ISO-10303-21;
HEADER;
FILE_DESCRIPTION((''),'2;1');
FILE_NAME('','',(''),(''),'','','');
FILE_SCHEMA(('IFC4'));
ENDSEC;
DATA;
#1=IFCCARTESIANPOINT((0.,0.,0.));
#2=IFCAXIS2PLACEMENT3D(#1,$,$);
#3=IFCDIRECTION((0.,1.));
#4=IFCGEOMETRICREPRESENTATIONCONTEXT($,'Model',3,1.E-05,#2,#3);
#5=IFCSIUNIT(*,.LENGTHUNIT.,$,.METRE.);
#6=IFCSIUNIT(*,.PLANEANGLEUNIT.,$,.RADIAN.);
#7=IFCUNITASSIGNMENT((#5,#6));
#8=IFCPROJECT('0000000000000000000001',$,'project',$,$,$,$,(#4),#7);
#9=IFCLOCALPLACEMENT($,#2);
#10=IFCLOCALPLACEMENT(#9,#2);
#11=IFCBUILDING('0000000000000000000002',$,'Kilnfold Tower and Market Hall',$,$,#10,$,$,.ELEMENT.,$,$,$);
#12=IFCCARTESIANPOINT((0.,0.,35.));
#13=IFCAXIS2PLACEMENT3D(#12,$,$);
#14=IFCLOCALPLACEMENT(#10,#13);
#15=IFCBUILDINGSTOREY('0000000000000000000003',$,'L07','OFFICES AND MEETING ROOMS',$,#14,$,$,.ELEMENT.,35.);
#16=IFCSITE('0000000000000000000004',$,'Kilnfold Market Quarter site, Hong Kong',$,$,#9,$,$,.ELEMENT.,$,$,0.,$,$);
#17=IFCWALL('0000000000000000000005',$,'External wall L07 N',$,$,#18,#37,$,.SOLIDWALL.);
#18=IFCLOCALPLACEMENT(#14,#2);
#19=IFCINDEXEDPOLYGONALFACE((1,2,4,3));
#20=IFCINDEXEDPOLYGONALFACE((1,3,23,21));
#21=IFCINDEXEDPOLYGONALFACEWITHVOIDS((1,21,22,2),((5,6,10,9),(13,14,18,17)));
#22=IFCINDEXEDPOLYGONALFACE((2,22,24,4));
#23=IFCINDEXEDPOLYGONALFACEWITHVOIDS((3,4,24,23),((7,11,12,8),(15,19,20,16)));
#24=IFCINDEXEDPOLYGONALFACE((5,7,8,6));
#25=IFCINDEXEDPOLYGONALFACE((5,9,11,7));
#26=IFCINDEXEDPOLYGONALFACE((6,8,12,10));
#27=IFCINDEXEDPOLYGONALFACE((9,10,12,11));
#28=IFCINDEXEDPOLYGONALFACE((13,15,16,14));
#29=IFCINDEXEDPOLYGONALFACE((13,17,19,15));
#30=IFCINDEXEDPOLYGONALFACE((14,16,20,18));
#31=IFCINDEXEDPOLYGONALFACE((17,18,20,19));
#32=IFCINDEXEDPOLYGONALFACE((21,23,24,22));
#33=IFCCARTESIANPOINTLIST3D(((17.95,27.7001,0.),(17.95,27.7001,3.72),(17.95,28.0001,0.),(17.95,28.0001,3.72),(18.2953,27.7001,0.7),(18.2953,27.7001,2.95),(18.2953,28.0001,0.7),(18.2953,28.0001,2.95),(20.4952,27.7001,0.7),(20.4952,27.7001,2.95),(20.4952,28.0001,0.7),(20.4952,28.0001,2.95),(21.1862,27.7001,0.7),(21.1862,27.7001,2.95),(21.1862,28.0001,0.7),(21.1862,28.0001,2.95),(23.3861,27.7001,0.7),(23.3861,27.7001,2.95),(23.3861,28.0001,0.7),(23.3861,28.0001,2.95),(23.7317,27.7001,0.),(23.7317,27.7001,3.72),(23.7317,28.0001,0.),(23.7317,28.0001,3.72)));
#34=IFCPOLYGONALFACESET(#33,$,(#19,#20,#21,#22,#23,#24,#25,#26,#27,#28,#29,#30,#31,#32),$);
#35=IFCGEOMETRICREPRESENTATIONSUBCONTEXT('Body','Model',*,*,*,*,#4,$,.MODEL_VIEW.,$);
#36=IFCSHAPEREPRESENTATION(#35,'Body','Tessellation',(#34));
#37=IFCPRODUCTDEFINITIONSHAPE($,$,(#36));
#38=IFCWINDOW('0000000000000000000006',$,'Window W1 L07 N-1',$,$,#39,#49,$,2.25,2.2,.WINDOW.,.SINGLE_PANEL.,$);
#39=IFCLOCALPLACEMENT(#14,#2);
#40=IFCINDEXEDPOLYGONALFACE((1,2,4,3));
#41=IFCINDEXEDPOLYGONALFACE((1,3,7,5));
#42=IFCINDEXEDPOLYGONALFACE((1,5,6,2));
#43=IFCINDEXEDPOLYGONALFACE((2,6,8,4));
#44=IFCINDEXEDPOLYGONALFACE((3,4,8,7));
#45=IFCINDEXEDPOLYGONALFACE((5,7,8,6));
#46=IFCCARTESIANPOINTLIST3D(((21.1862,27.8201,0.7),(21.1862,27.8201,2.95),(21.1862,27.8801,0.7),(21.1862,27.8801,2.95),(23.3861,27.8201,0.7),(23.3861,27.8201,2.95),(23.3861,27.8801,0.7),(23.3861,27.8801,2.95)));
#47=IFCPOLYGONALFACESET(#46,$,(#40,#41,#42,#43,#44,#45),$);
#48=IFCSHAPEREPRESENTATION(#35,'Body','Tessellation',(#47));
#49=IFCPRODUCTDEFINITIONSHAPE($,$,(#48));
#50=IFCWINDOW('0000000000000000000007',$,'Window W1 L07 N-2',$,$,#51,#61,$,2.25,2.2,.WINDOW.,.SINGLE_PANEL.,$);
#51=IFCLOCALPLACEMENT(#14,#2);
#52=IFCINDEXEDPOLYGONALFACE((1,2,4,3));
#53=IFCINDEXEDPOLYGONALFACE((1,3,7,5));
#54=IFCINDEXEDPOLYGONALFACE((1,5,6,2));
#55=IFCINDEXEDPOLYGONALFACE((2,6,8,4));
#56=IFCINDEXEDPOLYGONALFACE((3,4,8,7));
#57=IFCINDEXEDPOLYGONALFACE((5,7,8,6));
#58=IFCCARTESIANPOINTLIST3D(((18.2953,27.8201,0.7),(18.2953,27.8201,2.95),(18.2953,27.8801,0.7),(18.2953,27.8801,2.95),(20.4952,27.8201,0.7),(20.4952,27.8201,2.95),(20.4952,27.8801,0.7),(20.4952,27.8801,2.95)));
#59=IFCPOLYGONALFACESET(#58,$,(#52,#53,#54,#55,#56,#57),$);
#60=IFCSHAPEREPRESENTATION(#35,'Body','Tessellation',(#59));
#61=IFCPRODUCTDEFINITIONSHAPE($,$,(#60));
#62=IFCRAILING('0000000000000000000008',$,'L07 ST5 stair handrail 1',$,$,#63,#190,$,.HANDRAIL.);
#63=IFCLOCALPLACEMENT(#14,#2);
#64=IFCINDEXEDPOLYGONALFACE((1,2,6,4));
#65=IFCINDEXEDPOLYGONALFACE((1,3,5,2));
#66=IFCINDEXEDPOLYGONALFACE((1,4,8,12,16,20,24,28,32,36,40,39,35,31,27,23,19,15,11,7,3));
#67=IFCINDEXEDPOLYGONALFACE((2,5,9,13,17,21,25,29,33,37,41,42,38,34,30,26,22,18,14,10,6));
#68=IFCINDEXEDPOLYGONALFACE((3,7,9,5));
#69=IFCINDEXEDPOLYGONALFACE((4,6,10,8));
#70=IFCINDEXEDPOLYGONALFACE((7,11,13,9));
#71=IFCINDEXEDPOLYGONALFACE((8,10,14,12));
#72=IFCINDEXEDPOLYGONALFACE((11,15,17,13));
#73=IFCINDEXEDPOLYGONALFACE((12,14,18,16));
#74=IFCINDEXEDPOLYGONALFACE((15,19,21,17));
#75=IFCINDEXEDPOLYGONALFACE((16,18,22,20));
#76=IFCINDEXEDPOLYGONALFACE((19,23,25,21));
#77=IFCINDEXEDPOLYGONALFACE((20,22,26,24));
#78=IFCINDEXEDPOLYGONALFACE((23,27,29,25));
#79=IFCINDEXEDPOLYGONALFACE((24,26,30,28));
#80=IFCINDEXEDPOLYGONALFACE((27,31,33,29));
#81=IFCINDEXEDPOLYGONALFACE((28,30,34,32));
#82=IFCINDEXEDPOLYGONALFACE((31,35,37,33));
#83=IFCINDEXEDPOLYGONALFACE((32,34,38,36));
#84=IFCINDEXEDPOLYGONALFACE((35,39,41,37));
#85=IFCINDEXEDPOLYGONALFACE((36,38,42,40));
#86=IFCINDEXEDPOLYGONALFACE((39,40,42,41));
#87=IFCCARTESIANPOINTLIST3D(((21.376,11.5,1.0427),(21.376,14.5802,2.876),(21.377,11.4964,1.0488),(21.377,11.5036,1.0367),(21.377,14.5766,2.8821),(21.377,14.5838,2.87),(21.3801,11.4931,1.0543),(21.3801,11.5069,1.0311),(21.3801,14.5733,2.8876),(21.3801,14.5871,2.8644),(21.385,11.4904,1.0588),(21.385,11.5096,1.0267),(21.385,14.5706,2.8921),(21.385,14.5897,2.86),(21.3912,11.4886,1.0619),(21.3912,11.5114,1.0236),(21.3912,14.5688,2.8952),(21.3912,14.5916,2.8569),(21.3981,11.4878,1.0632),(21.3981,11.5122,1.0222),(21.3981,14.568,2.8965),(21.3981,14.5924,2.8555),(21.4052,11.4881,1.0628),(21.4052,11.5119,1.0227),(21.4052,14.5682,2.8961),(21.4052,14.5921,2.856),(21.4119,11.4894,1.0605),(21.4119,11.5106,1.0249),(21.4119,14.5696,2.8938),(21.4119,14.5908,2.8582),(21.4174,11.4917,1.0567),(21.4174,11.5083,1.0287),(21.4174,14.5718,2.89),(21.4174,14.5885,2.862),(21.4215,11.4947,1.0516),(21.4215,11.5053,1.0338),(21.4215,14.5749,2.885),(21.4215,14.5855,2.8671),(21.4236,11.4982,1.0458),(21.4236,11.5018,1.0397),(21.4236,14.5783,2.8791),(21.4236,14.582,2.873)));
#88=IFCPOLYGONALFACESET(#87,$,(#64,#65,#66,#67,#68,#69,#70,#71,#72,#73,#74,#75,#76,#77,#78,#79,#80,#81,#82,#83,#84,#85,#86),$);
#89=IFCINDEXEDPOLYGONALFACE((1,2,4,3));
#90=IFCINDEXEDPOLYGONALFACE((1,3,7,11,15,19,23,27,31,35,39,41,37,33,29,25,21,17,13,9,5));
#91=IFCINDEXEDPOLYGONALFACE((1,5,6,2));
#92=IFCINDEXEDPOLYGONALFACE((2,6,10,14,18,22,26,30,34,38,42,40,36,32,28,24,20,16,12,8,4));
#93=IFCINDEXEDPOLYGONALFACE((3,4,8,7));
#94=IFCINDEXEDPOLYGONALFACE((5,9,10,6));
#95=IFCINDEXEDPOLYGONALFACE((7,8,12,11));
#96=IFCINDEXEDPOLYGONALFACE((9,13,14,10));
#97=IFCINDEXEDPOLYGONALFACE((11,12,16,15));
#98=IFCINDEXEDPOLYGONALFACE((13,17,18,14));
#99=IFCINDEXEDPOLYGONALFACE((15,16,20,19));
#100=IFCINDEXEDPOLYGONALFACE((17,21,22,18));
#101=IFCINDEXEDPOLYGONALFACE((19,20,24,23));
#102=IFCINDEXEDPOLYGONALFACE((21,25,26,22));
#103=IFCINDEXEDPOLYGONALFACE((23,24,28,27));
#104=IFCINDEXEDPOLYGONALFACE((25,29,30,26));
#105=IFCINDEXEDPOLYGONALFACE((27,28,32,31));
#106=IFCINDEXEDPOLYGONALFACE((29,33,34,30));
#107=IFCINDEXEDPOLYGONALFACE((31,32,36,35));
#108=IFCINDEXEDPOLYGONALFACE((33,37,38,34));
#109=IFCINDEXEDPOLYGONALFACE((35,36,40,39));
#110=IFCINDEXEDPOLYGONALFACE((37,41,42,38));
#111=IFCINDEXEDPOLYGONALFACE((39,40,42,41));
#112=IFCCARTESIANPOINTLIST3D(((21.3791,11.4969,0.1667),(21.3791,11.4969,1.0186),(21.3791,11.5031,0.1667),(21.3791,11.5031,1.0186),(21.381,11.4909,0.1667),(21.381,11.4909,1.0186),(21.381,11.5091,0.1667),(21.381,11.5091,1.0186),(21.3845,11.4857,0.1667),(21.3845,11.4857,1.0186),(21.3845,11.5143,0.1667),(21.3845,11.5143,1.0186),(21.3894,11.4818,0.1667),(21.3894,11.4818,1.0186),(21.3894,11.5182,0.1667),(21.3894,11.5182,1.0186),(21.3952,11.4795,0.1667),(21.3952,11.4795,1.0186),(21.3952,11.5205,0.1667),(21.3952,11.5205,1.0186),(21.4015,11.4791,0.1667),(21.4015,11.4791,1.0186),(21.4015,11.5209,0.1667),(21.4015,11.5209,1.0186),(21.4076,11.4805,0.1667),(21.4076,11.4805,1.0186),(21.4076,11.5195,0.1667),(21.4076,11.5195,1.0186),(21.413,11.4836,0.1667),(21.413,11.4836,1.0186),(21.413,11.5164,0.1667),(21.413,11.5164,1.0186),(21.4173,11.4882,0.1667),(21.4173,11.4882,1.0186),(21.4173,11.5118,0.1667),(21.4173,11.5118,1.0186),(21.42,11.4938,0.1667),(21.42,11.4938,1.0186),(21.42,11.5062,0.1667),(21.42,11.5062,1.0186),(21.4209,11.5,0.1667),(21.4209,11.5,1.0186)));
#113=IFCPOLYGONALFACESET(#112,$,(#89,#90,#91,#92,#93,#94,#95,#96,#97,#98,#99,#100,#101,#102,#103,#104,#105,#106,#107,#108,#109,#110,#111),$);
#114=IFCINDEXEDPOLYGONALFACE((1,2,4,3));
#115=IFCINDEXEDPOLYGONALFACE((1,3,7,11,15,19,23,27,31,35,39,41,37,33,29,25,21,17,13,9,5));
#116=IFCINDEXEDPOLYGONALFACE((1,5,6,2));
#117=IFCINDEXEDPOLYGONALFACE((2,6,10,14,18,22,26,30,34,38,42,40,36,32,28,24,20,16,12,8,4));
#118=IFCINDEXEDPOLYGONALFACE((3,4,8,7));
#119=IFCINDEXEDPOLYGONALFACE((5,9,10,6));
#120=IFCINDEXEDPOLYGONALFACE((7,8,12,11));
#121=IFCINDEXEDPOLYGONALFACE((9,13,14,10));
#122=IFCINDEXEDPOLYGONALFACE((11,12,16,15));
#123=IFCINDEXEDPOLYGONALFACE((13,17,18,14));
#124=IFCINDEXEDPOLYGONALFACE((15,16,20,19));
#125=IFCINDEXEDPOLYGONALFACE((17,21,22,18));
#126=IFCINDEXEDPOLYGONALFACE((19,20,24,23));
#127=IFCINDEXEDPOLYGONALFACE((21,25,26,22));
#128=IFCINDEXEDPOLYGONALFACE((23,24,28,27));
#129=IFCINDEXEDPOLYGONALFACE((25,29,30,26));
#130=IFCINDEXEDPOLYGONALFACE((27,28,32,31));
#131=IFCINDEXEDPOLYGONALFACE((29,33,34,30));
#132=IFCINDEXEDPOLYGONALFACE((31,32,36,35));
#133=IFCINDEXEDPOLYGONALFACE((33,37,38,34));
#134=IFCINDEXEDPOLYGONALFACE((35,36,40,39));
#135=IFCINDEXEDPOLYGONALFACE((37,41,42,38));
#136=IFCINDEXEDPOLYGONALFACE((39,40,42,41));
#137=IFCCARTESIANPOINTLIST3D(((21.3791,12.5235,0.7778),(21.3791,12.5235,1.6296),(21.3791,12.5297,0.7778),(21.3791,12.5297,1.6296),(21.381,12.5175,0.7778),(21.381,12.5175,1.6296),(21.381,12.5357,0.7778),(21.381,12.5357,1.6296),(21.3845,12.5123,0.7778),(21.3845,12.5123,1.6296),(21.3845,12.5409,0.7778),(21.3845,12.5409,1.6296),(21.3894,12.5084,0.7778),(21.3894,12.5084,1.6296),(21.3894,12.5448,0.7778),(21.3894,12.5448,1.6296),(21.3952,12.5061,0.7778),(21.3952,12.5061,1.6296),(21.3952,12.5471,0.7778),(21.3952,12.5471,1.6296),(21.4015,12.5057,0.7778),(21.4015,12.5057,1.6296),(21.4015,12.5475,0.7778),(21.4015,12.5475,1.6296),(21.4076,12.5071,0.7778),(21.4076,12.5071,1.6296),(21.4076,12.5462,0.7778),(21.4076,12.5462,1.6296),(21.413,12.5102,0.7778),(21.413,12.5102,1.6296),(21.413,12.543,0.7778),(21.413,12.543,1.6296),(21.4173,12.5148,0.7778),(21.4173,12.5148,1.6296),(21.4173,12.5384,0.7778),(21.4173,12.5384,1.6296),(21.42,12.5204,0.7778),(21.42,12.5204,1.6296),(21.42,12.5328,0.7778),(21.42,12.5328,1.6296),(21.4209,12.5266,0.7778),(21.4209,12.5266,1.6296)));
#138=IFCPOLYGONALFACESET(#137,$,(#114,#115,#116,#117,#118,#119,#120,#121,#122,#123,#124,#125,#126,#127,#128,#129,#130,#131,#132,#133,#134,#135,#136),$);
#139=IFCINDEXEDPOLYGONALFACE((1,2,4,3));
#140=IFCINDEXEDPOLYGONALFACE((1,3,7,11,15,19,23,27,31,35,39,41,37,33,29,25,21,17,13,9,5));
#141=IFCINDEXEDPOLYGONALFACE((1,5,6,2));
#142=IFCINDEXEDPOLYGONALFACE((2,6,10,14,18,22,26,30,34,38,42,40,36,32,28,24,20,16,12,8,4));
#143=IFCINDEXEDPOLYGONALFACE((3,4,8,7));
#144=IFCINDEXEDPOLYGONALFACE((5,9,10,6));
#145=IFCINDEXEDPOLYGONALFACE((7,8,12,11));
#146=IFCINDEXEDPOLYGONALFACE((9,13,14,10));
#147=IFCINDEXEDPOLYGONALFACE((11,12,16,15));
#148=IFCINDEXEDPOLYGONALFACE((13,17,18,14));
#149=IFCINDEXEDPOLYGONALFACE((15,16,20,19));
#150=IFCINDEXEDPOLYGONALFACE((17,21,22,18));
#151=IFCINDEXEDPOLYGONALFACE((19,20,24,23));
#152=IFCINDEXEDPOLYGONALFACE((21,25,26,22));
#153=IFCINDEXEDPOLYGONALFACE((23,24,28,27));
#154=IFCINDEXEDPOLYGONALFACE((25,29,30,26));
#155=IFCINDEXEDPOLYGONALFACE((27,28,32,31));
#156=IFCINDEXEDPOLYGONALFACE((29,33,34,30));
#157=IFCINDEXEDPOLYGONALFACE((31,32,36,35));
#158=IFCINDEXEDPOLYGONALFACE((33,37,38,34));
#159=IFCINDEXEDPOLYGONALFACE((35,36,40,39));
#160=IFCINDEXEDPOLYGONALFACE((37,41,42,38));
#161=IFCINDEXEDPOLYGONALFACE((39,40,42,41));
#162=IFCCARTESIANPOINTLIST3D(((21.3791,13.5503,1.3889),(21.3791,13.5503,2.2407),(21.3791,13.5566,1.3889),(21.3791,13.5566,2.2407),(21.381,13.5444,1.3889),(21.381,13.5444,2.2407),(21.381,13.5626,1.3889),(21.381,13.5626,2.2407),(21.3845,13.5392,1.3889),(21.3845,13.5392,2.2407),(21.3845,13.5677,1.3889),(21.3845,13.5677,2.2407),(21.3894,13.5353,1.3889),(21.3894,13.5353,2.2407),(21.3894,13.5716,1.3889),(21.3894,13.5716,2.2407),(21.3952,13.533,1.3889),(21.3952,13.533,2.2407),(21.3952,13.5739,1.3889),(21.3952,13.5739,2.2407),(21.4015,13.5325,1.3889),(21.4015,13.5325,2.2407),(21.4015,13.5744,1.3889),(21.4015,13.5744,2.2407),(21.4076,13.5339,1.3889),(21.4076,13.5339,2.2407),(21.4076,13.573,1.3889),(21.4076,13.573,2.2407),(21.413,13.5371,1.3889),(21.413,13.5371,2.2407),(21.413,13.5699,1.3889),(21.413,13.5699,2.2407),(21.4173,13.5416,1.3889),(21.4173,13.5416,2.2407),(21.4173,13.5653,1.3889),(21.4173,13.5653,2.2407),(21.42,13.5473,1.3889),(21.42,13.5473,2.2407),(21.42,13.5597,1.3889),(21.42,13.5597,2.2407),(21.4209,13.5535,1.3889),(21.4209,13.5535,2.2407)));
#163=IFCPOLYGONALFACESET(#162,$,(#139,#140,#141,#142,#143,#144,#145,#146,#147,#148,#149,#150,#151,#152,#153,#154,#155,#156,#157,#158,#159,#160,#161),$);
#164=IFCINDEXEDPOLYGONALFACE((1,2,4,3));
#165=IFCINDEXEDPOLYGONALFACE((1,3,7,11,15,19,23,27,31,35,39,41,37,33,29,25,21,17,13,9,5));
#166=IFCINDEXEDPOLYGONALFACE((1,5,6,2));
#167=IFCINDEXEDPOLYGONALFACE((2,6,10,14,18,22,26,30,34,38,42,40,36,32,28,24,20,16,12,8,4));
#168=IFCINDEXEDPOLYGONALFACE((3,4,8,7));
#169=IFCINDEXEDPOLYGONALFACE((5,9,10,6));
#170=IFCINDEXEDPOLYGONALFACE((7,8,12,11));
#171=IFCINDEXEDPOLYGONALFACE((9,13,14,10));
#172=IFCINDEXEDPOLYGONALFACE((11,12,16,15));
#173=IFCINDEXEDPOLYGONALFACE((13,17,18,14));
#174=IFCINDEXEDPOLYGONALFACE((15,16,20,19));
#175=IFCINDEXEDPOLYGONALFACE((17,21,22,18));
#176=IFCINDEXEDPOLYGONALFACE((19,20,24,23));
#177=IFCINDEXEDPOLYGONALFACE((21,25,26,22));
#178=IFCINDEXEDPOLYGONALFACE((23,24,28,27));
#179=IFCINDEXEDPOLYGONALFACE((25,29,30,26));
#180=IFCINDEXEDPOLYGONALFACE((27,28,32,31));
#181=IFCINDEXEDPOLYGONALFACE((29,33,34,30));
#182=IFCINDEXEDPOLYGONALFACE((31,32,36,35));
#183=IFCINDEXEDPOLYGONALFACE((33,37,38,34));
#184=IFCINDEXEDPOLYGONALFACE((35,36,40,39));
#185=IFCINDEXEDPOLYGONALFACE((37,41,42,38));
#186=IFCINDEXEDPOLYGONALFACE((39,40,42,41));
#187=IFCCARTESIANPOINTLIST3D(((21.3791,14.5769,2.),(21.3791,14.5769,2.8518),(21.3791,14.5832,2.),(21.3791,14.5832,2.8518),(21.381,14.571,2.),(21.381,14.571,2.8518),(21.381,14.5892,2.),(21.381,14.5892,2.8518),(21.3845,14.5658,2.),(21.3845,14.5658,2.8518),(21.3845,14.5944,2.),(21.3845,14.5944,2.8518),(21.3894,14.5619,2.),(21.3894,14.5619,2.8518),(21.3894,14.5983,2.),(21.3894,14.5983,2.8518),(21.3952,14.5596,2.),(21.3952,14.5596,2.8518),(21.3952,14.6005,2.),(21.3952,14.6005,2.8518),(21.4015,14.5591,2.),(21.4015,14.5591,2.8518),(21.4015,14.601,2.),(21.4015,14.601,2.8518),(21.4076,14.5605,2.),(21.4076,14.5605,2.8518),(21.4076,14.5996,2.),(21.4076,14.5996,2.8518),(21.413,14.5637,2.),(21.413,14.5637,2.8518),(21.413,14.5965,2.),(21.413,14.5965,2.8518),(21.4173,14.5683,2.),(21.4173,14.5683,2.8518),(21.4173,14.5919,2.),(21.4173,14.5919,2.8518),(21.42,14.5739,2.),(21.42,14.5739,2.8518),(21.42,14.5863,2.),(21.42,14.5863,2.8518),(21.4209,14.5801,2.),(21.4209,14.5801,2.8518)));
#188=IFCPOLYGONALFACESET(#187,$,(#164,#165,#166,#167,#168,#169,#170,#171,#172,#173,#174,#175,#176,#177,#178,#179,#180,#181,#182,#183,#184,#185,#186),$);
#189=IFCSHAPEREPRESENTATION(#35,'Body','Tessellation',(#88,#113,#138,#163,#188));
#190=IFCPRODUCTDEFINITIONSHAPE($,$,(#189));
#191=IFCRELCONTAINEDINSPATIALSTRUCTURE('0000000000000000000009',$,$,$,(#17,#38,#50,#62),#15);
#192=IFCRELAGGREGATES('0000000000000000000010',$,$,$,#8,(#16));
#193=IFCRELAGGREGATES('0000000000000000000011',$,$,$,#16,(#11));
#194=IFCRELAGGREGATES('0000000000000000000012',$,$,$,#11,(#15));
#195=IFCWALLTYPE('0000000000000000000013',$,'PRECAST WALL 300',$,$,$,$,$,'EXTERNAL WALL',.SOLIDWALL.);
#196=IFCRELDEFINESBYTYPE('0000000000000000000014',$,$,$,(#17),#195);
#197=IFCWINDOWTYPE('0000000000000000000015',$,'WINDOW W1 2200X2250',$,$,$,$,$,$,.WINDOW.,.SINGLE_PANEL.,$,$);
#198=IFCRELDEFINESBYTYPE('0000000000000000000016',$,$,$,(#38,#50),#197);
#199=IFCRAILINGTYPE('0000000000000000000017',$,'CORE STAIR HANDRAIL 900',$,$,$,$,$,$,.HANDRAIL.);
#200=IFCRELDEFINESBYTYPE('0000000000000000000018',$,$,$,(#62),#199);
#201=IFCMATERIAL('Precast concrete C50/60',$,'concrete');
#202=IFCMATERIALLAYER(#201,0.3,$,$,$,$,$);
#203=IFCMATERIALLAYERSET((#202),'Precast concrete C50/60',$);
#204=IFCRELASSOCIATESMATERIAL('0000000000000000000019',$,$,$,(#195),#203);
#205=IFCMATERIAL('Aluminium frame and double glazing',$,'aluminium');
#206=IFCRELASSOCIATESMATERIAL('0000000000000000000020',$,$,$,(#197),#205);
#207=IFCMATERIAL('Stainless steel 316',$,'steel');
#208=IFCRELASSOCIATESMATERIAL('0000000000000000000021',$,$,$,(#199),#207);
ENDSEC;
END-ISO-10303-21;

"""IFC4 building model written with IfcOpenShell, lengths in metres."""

from ifc_helpers import new_model, si_unit, direction, frame, frame_2d, origin, origin_2d, place, context, subcontext, project, spatial, rectangle, circle, extrude, source, transform, mapped, material, layer, layer_set, type_object, element, fill, save


model = new_model("IFC4")

# Units and contexts
model_context = context("Model", 3, precision=1e-05, world=origin(), true_north=direction((0.0, 1.0)))
body_context = subcontext(model_context, "Body", "Model", "MODEL_VIEW")
ifc_project = project(units=[si_unit("LENGTHUNIT", "METRE"), si_unit("PLANEANGLEUNIT", "RADIAN")], contexts=[model_context])

# Site, building, storey
site_placement = place(None, origin())
site = spatial("IfcSite", under=ifc_project, at=site_placement, Name="Kilnfold Market Quarter site, Hong Kong", CompositionType="ELEMENT", RefElevation=0.0)
building_placement = place(site_placement, origin())
building = spatial("IfcBuilding", under=site, at=building_placement, Name="Kilnfold Tower and Market Hall", CompositionType="ELEMENT")
storey_placement = place(building_placement, frame((0.0, 0.0, 35.0)))
storey = spatial("IfcBuildingStorey", under=building, at=storey_placement, Name="L07", Description="OFFICES AND MEETING ROOMS", CompositionType="ELEMENT", Elevation=35.0)

# Shared definitions
ifc_material_1 = material(Name="Precast concrete C50/60", Category="concrete")
ifc_layer_1 = layer(ifc_material_1, 0.3)
ifc_layer_set_1 = layer_set([ifc_layer_1], Name="Precast concrete C50/60")
wall_type_1 = type_object("IfcWallType", Name="PRECAST WALL 300", ElementType="EXTERNAL WALL", PredefinedType="SOLIDWALL", material=ifc_layer_set_1)

# Shared definitions
ifc_material_2 = material(Name="Aluminium frame and double glazing", Category="aluminium")
window_type = type_object("IfcWindowType", Name="WINDOW W1 2200X2250", PartitioningType="SINGLE_PANEL", PredefinedType="WINDOW", material=ifc_material_2)

# Wall, openings, windows
shared_shape_1 = source(origin(), body_context, "Body", "SweptSolid", [
    extrude(rectangle(XDim=5.7817, YDim=0.3, at=frame_2d((2.8909, 0.0))), origin(), (0.0, 0.0, 1.0), 3.72),
])
wall_1_placement = place(storey_placement, frame((23.7317, 27.8501, 0.0), z_axis=(0.0, 0.0, 1.0), x_axis=(-1.0, 0.0, 0.0)))
wall_1 = element("IfcWall", 1, at=wall_1_placement, inside=storey, type_object=wall_type_1, Name="External wall L07 N", PredefinedType="SOLIDWALL", context=body_context, shape_type="MappedRepresentation", body=[
    mapped(shared_shape_1, transform((0.0, 0.0, 0.0))),
])
opening_1_placement = place(wall_1_placement, frame((0.3455, 0.0, 0.7)))
opening_1 = element("IfcOpeningElement", 2, at=opening_1_placement, cuts=wall_1, PredefinedType="OPENING", context=body_context, shape_type="SweptSolid", body=[
    extrude(rectangle(XDim=2.2, YDim=2.25, at=frame_2d((1.1001, 1.125))), frame((0.0, 0.1602, 0.0), z_axis=(0.0, -1.0, 0.0), x_axis=(1.0, 0.0, 0.0)), (0.0, 0.0, 1.0), 0.3201),
])
opening_2_placement = place(wall_1_placement, frame((3.2363, 0.0, 0.7)))
opening_2 = element("IfcOpeningElement", 3, at=opening_2_placement, cuts=wall_1, PredefinedType="OPENING", context=body_context, shape_type="SweptSolid", body=[
    extrude(rectangle(XDim=2.2, YDim=2.25, at=frame_2d((1.1001, 1.125))), frame((0.0, 0.1602, 0.0), z_axis=(0.0, -1.0, 0.0), x_axis=(1.0, 0.0, 0.0)), (0.0, 0.0, 1.0), 0.3201),
])
window_1_placement = place(opening_1_placement, origin())
window_1 = element("IfcWindow", 4, at=window_1_placement, inside=storey, type_object=window_type, Name="Window W1 L07 N-1", OverallHeight=2.25, OverallWidth=2.2, PartitioningType="SINGLE_PANEL", PredefinedType="WINDOW", context=body_context, shape_type="SweptSolid", body=[
    extrude(rectangle(XDim=2.2, YDim=2.25, at=frame_2d((1.1001, 1.125))), frame((0.0, 0.03, 0.0), z_axis=(0.0, -1.0, 0.0), x_axis=(1.0, 0.0, 0.0)), (0.0, 0.0, 1.0), 0.0601),
])
fill(opening_1, window_1)
window_2_placement = place(opening_2_placement, origin())
window_2 = element("IfcWindow", 5, at=window_2_placement, inside=storey, type_object=window_type, Name="Window W1 L07 N-2", OverallHeight=2.25, OverallWidth=2.2, PartitioningType="SINGLE_PANEL", PredefinedType="WINDOW", context=body_context, shape_type="SweptSolid", body=[
    extrude(rectangle(XDim=2.2, YDim=2.25, at=frame_2d((1.1001, 1.125))), frame((0.0, 0.03, 0.0), z_axis=(0.0, -1.0, 0.0), x_axis=(1.0, 0.0, 0.0)), (0.0, 0.0, 1.0), 0.0601),
])
fill(opening_2, window_2)

# Railing
ifc_material_3 = material(Name="Stainless steel 316", Category="steel")
railing_type_1 = type_object("IfcRailingType", Name="CORE STAIR HANDRAIL 900", PredefinedType="HANDRAIL", material=ifc_material_3)
railing_1_placement = place(storey_placement, frame((21.3999, 11.5, 0.1667)))
element("IfcRailing", 6, at=railing_1_placement, inside=storey, type_object=railing_type_1, Name="L07 ST5 stair handrail 1", PredefinedType="HANDRAIL", context=body_context, shape_type="SweptSolid", body=[
    extrude(circle(Radius=0.0239, at=origin_2d()), frame((0.0, 0.0, 0.876), z_axis=(0.0, 0.859309, 0.511458), x_axis=(-1.0, 0.0, 0.0)), (0.0, 0.0, 1.0), 3.5845),
    extrude(circle(Radius=0.021, at=origin_2d()), origin(), (0.0, 0.0, 1.0), 0.8518),
    extrude(circle(Radius=0.021, at=origin_2d()), frame((0.0, 1.0266, 0.6111)), (0.0, 0.0, 1.0), 0.8518),
    extrude(circle(Radius=0.021, at=origin_2d()), frame((0.0, 2.0535, 1.2222)), (0.0, 0.0, 1.0), 0.8518),
    extrude(circle(Radius=0.021, at=origin_2d()), frame((0.0, 3.0801, 1.8333)), (0.0, 0.0, 1.0), 0.8518),
])

save(model, "model.ifc")
